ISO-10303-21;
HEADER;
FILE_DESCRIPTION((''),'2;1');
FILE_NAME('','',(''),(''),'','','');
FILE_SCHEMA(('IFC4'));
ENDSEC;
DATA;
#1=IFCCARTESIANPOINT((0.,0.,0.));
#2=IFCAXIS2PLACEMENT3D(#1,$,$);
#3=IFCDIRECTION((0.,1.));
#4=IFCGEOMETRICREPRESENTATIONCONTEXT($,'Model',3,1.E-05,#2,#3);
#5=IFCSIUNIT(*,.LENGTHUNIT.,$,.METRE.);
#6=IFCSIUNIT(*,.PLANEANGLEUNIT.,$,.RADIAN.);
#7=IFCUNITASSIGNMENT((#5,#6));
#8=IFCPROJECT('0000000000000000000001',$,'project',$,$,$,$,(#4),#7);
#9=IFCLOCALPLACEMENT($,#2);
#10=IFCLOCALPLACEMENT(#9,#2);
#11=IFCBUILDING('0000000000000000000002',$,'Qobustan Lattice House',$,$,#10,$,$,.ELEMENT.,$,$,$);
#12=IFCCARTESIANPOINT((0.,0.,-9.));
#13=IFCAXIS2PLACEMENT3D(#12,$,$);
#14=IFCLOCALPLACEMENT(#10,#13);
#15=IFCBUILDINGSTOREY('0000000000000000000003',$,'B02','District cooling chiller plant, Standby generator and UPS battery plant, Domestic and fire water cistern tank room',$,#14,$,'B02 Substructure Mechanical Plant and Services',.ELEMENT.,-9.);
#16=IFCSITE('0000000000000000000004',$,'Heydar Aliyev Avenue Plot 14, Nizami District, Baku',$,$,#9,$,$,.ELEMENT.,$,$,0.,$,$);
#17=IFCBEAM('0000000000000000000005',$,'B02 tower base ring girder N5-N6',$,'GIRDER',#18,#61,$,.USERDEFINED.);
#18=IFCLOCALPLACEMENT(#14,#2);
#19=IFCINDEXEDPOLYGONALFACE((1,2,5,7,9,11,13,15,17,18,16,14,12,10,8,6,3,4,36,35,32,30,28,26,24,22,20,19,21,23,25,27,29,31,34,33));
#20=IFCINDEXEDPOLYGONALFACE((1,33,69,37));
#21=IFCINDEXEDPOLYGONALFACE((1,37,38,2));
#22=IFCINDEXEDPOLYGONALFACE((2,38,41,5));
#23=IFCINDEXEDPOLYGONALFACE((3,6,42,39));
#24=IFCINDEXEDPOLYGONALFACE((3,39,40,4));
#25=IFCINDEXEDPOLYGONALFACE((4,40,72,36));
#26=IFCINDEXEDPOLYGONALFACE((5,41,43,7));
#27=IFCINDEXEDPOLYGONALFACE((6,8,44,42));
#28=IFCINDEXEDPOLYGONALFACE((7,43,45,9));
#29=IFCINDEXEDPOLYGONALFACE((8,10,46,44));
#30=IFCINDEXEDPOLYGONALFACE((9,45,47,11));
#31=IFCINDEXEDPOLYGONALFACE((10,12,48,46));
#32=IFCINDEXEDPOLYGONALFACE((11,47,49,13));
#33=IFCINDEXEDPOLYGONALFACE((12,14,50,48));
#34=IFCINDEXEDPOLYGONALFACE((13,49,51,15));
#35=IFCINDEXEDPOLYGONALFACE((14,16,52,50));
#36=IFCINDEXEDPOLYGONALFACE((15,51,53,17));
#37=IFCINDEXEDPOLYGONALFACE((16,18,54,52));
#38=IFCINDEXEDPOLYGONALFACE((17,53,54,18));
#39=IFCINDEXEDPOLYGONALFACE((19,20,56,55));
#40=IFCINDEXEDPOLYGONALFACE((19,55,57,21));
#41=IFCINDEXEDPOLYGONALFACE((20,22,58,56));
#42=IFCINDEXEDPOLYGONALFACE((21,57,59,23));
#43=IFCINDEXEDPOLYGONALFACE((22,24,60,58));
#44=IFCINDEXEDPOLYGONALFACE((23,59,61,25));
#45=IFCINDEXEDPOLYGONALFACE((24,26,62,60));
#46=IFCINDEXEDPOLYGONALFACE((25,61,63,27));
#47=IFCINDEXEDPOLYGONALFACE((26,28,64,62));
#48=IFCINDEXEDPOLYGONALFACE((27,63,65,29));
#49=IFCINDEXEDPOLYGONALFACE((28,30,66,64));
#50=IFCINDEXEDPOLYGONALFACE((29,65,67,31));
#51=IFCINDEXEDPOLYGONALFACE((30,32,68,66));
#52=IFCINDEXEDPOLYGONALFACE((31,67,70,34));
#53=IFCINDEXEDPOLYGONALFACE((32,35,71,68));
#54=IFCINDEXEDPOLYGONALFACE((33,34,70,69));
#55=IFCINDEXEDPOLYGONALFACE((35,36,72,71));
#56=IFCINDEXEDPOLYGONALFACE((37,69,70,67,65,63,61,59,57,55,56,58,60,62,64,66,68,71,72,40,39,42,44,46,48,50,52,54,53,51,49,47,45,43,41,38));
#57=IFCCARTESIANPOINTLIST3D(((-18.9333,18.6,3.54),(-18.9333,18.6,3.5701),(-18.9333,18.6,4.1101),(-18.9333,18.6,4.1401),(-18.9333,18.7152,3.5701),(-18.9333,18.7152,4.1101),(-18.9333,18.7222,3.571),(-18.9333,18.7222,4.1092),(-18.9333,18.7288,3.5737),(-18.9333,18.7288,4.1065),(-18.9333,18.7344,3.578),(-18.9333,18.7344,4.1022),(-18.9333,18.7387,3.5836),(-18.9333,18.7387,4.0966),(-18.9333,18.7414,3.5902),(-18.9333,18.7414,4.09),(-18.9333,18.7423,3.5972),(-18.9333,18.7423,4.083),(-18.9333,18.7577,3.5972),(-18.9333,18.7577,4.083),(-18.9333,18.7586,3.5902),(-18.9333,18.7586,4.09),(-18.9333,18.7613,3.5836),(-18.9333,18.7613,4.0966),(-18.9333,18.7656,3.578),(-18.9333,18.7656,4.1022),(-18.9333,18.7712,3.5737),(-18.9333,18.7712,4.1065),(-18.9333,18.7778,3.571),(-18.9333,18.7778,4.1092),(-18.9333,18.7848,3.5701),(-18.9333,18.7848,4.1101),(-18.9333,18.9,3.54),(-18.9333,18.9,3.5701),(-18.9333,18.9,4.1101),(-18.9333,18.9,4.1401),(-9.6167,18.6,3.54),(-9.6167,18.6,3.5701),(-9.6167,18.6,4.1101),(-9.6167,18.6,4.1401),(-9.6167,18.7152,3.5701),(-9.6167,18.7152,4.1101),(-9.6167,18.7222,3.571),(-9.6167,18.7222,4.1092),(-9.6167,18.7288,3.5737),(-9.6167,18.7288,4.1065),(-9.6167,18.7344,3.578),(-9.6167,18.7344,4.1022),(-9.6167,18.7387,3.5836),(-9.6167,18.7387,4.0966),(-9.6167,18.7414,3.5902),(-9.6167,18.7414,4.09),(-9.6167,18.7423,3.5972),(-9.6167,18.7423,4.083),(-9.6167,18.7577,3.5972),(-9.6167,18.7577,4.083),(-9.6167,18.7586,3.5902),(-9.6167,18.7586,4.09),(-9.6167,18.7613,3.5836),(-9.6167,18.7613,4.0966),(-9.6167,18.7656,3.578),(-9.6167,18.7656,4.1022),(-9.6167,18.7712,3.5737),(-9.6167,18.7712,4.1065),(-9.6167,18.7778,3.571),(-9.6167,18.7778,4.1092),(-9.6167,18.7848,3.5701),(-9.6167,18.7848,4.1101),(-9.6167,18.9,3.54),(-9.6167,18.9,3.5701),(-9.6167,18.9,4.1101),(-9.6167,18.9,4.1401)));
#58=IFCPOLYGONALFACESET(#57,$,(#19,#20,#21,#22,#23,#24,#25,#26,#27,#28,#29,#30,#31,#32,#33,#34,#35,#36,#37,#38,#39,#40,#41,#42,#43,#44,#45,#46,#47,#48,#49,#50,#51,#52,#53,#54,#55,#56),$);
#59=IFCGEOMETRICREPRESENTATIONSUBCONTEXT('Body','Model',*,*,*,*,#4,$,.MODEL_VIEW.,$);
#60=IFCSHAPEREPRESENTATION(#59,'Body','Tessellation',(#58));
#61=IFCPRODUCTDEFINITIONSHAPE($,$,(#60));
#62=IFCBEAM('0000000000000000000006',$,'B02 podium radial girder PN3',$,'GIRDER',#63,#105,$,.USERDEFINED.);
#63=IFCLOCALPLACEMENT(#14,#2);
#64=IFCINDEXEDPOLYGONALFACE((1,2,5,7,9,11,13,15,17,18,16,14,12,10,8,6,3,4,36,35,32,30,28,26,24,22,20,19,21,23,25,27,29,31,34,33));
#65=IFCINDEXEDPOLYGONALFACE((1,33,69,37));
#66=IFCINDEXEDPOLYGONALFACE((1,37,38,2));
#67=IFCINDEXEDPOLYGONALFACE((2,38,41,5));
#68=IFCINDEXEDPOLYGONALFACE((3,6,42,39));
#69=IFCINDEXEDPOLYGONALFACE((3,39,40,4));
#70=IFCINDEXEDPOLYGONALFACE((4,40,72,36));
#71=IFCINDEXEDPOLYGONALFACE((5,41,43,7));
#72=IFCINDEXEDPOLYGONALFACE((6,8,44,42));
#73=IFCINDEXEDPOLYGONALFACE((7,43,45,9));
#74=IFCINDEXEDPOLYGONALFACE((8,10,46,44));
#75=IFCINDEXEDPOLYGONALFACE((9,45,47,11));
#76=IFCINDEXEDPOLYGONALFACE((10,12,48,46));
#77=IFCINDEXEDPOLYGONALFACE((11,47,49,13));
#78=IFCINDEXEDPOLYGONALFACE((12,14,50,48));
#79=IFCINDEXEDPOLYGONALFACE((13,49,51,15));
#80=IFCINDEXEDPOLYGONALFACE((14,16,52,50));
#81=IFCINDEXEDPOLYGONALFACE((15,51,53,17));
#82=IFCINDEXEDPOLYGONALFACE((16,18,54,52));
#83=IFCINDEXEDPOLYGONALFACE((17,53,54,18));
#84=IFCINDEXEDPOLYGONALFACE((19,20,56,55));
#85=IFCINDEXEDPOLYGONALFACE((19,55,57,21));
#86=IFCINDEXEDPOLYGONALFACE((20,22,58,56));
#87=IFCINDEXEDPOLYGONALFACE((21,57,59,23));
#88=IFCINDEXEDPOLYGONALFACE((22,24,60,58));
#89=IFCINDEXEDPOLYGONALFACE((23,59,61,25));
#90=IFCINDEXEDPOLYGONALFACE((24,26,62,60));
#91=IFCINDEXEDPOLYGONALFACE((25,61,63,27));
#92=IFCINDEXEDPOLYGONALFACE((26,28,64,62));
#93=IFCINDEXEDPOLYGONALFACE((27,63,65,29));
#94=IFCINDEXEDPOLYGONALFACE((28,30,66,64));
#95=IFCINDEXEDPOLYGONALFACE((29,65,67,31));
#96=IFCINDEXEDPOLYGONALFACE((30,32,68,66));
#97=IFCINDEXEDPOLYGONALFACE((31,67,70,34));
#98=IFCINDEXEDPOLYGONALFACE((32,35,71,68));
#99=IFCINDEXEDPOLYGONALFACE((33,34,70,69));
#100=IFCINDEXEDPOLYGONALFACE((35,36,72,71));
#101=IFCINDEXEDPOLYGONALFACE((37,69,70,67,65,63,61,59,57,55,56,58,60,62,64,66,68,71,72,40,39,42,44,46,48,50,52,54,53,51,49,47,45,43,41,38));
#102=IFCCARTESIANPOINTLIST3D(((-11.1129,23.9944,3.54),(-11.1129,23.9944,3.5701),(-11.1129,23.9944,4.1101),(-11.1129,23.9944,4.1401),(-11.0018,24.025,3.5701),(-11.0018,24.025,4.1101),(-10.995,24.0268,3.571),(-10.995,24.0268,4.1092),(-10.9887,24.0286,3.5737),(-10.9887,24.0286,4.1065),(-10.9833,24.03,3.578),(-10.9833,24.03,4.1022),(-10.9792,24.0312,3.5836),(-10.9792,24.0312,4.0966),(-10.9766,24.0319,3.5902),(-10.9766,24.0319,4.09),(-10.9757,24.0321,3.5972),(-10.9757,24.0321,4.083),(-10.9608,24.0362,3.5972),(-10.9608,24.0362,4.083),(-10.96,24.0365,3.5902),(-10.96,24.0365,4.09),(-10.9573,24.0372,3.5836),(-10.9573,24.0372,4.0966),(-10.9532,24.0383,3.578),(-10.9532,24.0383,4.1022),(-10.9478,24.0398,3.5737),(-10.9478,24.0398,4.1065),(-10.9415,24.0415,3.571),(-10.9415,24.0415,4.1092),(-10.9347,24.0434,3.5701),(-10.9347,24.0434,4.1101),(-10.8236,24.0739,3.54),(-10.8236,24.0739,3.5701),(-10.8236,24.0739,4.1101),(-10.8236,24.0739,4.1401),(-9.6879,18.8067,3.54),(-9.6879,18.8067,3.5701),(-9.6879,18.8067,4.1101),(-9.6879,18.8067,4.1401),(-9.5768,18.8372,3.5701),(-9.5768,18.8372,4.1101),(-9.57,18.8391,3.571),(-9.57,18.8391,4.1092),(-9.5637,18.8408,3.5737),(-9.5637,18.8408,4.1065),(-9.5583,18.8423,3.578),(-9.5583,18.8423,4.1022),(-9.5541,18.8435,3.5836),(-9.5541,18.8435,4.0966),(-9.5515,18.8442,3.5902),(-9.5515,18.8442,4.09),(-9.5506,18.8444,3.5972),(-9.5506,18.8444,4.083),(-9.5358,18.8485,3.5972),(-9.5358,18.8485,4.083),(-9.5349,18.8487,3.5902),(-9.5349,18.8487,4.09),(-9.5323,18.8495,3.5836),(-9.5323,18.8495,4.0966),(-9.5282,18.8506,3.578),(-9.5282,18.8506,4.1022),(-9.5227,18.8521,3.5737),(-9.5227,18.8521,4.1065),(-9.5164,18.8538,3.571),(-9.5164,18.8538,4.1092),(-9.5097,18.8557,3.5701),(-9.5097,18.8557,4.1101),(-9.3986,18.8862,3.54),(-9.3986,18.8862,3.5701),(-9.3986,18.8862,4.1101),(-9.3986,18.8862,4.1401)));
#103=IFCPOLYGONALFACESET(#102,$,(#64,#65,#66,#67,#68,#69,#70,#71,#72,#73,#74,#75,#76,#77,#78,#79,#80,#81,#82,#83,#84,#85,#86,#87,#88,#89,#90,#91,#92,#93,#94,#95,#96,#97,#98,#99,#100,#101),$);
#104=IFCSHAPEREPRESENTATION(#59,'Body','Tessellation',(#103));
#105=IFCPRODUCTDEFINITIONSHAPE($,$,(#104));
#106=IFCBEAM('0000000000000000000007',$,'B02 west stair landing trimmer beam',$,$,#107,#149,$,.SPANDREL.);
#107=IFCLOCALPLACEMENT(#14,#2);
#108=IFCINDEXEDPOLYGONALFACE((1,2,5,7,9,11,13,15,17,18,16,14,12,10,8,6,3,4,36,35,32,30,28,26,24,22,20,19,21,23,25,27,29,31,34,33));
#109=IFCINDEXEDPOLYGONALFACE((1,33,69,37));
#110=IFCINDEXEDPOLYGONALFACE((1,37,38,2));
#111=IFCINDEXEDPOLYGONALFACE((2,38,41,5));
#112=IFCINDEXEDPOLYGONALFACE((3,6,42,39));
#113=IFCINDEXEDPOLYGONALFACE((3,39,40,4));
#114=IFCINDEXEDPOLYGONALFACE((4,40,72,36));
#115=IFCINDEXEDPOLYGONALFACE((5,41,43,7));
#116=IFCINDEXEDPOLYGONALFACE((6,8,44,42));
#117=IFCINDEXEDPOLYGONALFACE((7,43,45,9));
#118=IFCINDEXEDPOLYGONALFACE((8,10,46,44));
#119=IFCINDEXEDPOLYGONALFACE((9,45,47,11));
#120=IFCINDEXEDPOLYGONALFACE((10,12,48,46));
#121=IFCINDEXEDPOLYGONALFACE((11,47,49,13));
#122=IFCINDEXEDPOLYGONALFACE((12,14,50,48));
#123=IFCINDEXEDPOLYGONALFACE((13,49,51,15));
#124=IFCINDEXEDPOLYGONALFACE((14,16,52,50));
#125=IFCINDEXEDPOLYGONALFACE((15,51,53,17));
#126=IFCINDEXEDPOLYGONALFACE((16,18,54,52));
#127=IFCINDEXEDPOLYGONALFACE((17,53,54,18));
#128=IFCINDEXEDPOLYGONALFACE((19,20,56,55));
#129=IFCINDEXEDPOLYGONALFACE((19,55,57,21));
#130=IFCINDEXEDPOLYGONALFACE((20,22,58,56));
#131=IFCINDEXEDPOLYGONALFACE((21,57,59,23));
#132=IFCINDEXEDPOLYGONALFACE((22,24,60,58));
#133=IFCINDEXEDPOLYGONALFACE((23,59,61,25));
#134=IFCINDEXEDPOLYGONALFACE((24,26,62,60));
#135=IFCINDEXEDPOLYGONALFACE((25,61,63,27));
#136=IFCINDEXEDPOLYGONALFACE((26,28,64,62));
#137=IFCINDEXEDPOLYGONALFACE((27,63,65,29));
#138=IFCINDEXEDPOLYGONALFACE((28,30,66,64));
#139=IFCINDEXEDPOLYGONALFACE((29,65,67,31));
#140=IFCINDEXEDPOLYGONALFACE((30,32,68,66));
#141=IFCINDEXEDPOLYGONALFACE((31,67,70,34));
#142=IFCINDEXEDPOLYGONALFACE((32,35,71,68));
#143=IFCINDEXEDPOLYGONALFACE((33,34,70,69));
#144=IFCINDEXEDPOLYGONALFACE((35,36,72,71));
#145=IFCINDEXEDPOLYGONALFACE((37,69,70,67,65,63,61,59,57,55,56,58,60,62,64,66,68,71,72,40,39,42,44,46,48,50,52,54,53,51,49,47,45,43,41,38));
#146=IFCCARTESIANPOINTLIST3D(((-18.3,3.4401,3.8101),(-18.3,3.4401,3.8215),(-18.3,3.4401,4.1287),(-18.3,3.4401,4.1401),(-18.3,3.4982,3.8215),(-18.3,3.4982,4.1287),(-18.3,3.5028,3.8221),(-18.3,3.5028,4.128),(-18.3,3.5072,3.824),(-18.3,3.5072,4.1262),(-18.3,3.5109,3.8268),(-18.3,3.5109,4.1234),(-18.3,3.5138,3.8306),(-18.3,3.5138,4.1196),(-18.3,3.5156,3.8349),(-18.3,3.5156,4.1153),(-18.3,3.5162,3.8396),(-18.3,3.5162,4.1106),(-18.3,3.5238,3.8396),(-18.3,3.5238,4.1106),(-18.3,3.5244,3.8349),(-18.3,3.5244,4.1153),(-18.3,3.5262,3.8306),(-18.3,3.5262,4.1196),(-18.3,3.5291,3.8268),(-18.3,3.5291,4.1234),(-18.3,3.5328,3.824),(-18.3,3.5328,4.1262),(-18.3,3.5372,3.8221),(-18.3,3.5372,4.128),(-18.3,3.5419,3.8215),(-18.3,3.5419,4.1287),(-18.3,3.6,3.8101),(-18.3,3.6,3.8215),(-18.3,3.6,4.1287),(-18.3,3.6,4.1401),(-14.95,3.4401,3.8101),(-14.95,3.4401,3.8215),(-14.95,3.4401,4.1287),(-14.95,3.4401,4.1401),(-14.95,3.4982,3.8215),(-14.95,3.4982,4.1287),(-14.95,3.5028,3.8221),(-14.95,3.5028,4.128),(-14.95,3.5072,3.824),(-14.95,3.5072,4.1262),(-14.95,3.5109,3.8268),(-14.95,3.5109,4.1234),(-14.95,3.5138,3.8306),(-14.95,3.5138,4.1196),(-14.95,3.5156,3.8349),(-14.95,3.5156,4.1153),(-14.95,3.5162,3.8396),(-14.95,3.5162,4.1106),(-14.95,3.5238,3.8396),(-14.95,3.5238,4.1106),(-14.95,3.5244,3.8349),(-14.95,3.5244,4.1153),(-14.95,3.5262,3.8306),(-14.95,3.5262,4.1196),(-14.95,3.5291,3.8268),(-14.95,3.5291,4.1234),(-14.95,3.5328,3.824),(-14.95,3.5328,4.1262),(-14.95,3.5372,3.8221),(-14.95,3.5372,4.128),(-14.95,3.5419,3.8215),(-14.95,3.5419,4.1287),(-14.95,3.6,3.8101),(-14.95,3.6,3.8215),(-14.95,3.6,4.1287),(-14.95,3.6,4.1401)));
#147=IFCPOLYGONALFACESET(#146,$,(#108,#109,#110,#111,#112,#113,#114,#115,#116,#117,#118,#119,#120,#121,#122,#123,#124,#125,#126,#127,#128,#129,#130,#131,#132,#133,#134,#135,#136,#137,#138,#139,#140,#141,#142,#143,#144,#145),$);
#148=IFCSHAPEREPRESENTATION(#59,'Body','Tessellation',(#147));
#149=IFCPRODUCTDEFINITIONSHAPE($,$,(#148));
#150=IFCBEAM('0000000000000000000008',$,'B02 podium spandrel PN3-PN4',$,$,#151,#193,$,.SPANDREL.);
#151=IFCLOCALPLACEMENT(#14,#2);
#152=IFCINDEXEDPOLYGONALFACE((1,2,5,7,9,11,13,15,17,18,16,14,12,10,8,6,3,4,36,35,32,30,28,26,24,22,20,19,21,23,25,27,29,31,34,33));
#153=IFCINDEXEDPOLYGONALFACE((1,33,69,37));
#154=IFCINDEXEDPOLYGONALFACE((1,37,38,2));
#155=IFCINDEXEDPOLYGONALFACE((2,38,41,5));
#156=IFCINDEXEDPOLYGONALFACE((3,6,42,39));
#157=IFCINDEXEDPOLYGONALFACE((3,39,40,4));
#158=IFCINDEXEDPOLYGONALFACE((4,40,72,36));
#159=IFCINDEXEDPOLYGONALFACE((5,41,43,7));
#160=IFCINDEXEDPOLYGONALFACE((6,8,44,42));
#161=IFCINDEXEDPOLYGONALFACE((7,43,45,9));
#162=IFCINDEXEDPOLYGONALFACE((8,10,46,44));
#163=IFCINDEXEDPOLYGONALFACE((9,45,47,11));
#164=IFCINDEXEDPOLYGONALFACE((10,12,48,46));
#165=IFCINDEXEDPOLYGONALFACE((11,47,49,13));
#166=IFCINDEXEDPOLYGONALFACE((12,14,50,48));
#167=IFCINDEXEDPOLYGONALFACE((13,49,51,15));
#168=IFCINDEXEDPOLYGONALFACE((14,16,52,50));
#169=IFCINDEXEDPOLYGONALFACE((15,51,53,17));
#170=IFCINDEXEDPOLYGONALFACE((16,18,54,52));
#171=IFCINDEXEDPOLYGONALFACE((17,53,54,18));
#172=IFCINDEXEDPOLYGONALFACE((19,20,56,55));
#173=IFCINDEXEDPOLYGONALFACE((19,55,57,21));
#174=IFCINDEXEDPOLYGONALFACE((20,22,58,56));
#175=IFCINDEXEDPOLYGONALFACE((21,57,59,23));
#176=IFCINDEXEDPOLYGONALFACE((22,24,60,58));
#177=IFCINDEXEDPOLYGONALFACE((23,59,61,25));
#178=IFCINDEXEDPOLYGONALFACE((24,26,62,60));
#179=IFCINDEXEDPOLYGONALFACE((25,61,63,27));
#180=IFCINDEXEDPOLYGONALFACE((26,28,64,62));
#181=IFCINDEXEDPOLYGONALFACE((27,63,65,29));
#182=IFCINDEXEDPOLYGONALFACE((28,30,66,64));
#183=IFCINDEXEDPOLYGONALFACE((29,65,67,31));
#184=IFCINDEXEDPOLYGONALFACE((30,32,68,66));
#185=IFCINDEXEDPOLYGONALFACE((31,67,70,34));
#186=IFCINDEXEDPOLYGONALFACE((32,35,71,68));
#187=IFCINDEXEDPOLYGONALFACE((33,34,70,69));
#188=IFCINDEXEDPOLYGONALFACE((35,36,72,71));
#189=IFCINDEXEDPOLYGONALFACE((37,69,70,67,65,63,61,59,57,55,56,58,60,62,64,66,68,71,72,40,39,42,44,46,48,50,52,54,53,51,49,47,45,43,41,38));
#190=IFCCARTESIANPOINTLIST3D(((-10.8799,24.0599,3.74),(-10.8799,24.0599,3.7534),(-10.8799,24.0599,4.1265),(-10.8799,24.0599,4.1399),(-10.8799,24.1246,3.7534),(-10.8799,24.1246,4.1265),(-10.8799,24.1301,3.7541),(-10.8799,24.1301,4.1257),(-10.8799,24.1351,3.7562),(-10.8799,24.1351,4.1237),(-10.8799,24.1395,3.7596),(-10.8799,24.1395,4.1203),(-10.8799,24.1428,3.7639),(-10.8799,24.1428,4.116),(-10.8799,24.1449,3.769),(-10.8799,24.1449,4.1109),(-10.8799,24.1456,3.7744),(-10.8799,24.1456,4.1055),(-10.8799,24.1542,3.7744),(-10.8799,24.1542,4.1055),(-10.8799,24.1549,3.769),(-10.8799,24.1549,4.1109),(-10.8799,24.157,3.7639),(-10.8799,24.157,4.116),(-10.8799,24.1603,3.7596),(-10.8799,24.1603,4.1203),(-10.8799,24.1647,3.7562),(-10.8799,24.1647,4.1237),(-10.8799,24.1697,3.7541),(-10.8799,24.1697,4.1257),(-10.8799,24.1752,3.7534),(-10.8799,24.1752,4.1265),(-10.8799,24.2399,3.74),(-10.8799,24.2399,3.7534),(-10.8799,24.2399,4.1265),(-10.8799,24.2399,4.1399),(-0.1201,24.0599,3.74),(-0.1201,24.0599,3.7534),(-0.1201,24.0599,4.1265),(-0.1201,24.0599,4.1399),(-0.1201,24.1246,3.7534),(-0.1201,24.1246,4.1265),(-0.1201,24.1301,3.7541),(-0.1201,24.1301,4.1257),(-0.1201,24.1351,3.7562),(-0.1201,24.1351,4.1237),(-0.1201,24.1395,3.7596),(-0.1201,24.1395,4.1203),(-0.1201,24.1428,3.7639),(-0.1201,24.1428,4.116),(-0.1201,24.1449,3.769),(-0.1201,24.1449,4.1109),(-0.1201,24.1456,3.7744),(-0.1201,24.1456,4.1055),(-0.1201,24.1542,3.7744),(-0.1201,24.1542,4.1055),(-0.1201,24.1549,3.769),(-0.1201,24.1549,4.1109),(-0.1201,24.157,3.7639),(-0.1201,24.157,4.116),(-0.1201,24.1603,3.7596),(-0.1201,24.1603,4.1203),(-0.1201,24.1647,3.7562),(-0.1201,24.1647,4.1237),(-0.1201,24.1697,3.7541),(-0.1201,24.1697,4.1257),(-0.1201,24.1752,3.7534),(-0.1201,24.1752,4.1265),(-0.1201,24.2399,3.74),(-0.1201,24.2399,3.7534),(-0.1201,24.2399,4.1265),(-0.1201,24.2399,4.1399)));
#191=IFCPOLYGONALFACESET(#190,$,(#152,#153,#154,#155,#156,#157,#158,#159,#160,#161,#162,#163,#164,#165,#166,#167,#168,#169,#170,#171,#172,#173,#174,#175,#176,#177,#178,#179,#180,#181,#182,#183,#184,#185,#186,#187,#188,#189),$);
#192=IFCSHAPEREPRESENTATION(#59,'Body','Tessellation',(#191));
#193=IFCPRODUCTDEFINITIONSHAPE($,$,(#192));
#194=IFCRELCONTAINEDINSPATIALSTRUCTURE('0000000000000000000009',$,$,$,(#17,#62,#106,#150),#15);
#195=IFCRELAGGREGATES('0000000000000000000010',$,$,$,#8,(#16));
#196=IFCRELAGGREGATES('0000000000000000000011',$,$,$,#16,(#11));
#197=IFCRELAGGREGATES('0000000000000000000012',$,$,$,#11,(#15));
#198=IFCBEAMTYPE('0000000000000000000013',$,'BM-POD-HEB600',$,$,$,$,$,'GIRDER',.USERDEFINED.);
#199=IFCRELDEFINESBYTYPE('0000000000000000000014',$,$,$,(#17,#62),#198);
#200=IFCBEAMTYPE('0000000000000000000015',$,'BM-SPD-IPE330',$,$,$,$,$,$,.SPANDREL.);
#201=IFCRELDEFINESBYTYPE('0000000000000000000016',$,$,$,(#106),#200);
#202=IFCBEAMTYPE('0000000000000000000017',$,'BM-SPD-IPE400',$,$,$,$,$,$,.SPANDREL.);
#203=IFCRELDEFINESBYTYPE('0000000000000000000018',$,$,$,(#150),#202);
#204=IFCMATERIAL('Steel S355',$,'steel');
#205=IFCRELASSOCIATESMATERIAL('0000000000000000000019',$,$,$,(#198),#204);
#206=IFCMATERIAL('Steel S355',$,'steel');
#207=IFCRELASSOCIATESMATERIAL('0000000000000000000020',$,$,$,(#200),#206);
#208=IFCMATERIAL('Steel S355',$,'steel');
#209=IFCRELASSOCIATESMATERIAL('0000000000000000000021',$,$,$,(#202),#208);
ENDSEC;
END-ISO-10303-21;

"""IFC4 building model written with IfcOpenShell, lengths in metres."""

from ifc_helpers import new_model, si_unit, direction, frame, origin, origin_2d, place, context, subcontext, project, spatial, i_section, extrude, material, material_profile, profile_set, type_object, element, save


model = new_model("IFC4")

# Units and contexts
model_context = context("Model", 3, precision=1e-05, world=origin(), true_north=direction((0.0, 1.0)))
body_context = subcontext(model_context, "Body", "Model", "MODEL_VIEW")
ifc_project = project(units=[si_unit("LENGTHUNIT", "METRE"), si_unit("PLANEANGLEUNIT", "RADIAN")], contexts=[model_context])

# Site, building, storey
site_placement = place(None, origin())
site = spatial("IfcSite", under=ifc_project, at=site_placement, Name="Heydar Aliyev Avenue Plot 14, Nizami District, Baku", CompositionType="ELEMENT", RefElevation=0.0)
building_placement = place(site_placement, origin())
building = spatial("IfcBuilding", under=site, at=building_placement, Name="Qobustan Lattice House", CompositionType="ELEMENT")
storey_placement = place(building_placement, frame((0.0, 0.0, -9.0)))
storey = spatial("IfcBuildingStorey", under=building, at=storey_placement, Name="B02", Description="District cooling chiller plant, Standby generator and UPS battery plant, Domestic and fire water cistern tank room", LongName="B02 Substructure Mechanical Plant and Services", CompositionType="ELEMENT", Elevation=-9.0)

# Beams
ifc_material_1 = material(Name="Steel S355", Category="steel")
ifc_material_profile_1 = material_profile(ifc_material_1, i_section(OverallWidth=0.3, OverallDepth=0.6001, WebThickness=0.0154, FlangeThickness=0.03, FilletRadius=0.0271, at=origin_2d()), Name="HEB600")
ifc_profile_set_1 = profile_set([ifc_material_profile_1], Name="Steel S355")
beam_type_1 = type_object("IfcBeamType", Name="BM-POD-HEB600", ElementType="GIRDER", PredefinedType="USERDEFINED", material=ifc_profile_set_1)
for number, where, z_axis, x_axis, name in (
    (1, (-9.6167, 18.75, 3.8401), (-1.0, 0.0, 0.0), (0.0, -1.0, 0.0), "B02 tower base ring girder N5-N6"),
):
    element("IfcBeam", number, at=place(storey_placement, frame(where, z_axis=z_axis, x_axis=x_axis)), inside=storey, type_object=beam_type_1, Name=name, ObjectType="GIRDER", PredefinedType="USERDEFINED", context=body_context, shape_type="SweptSolid", body=[
        extrude(i_section(OverallWidth=0.3, OverallDepth=0.6001, WebThickness=0.0154, FlangeThickness=0.03, FilletRadius=0.0271, at=origin_2d()), origin(), (0.0, 0.0, 1.0), 9.3167),
    ])
beam_1_placement = place(storey_placement, frame((-10.9683, 24.0342, 3.8401), z_axis=(0.264883, -0.96428, 0.0), x_axis=(0.96428, 0.264883, 0.0)))
element("IfcBeam", 2, at=beam_1_placement, inside=storey, type_object=beam_type_1, Name="B02 podium radial girder PN3", ObjectType="GIRDER", PredefinedType="USERDEFINED", context=body_context, shape_type="SweptSolid", body=[
    extrude(i_section(OverallWidth=0.3, OverallDepth=0.6001, WebThickness=0.0154, FlangeThickness=0.03, FilletRadius=0.0271, at=origin_2d()), origin(), (0.0, 0.0, 1.0), 5.3799),
])
ifc_material_2 = material(Name="Steel S355", Category="steel")
ifc_material_profile_2 = material_profile(ifc_material_2, i_section(OverallWidth=0.1599, OverallDepth=0.3301, WebThickness=0.0076, FlangeThickness=0.0115, FilletRadius=0.0181, at=origin_2d()), Name="IPE330")
ifc_profile_set_2 = profile_set([ifc_material_profile_2], Name="Steel S355")
beam_type_2 = type_object("IfcBeamType", Name="BM-SPD-IPE330", PredefinedType="SPANDREL", material=ifc_profile_set_2)
beam_2_placement = place(storey_placement, frame((-18.3, 3.52, 3.9751), z_axis=(1.0, 0.0, 0.0), x_axis=(0.0, 1.0, 0.0)))
element("IfcBeam", 3, at=beam_2_placement, inside=storey, type_object=beam_type_2, Name="B02 west stair landing trimmer beam", PredefinedType="SPANDREL", context=body_context, shape_type="SweptSolid", body=[
    extrude(i_section(OverallWidth=0.1599, OverallDepth=0.3301, WebThickness=0.0076, FlangeThickness=0.0115, FilletRadius=0.0181, at=origin_2d()), origin(), (0.0, 0.0, 1.0), 3.3501),
])
ifc_material_3 = material(Name="Steel S355", Category="steel")
ifc_material_profile_3 = material_profile(ifc_material_3, i_section(OverallWidth=0.1799, OverallDepth=0.3999, WebThickness=0.0085, FlangeThickness=0.0134, FilletRadius=0.021, at=origin_2d()), Name="IPE400")
ifc_profile_set_3 = profile_set([ifc_material_profile_3], Name="Steel S355")
beam_type_3 = type_object("IfcBeamType", Name="BM-SPD-IPE400", PredefinedType="SPANDREL", material=ifc_profile_set_3)
beam_3_placement = place(storey_placement, frame((-10.8799, 24.1499, 3.9399), z_axis=(1.0, 0.0, 0.0), x_axis=(0.0, 1.0, 0.0)))
element("IfcBeam", 4, at=beam_3_placement, inside=storey, type_object=beam_type_3, Name="B02 podium spandrel PN3-PN4", PredefinedType="SPANDREL", context=body_context, shape_type="SweptSolid", body=[
    extrude(i_section(OverallWidth=0.1799, OverallDepth=0.3999, WebThickness=0.0085, FlangeThickness=0.0134, FilletRadius=0.021, at=origin_2d()), origin(), (0.0, 0.0, 1.0), 10.7598),
])

save(model, "model.ifc")
